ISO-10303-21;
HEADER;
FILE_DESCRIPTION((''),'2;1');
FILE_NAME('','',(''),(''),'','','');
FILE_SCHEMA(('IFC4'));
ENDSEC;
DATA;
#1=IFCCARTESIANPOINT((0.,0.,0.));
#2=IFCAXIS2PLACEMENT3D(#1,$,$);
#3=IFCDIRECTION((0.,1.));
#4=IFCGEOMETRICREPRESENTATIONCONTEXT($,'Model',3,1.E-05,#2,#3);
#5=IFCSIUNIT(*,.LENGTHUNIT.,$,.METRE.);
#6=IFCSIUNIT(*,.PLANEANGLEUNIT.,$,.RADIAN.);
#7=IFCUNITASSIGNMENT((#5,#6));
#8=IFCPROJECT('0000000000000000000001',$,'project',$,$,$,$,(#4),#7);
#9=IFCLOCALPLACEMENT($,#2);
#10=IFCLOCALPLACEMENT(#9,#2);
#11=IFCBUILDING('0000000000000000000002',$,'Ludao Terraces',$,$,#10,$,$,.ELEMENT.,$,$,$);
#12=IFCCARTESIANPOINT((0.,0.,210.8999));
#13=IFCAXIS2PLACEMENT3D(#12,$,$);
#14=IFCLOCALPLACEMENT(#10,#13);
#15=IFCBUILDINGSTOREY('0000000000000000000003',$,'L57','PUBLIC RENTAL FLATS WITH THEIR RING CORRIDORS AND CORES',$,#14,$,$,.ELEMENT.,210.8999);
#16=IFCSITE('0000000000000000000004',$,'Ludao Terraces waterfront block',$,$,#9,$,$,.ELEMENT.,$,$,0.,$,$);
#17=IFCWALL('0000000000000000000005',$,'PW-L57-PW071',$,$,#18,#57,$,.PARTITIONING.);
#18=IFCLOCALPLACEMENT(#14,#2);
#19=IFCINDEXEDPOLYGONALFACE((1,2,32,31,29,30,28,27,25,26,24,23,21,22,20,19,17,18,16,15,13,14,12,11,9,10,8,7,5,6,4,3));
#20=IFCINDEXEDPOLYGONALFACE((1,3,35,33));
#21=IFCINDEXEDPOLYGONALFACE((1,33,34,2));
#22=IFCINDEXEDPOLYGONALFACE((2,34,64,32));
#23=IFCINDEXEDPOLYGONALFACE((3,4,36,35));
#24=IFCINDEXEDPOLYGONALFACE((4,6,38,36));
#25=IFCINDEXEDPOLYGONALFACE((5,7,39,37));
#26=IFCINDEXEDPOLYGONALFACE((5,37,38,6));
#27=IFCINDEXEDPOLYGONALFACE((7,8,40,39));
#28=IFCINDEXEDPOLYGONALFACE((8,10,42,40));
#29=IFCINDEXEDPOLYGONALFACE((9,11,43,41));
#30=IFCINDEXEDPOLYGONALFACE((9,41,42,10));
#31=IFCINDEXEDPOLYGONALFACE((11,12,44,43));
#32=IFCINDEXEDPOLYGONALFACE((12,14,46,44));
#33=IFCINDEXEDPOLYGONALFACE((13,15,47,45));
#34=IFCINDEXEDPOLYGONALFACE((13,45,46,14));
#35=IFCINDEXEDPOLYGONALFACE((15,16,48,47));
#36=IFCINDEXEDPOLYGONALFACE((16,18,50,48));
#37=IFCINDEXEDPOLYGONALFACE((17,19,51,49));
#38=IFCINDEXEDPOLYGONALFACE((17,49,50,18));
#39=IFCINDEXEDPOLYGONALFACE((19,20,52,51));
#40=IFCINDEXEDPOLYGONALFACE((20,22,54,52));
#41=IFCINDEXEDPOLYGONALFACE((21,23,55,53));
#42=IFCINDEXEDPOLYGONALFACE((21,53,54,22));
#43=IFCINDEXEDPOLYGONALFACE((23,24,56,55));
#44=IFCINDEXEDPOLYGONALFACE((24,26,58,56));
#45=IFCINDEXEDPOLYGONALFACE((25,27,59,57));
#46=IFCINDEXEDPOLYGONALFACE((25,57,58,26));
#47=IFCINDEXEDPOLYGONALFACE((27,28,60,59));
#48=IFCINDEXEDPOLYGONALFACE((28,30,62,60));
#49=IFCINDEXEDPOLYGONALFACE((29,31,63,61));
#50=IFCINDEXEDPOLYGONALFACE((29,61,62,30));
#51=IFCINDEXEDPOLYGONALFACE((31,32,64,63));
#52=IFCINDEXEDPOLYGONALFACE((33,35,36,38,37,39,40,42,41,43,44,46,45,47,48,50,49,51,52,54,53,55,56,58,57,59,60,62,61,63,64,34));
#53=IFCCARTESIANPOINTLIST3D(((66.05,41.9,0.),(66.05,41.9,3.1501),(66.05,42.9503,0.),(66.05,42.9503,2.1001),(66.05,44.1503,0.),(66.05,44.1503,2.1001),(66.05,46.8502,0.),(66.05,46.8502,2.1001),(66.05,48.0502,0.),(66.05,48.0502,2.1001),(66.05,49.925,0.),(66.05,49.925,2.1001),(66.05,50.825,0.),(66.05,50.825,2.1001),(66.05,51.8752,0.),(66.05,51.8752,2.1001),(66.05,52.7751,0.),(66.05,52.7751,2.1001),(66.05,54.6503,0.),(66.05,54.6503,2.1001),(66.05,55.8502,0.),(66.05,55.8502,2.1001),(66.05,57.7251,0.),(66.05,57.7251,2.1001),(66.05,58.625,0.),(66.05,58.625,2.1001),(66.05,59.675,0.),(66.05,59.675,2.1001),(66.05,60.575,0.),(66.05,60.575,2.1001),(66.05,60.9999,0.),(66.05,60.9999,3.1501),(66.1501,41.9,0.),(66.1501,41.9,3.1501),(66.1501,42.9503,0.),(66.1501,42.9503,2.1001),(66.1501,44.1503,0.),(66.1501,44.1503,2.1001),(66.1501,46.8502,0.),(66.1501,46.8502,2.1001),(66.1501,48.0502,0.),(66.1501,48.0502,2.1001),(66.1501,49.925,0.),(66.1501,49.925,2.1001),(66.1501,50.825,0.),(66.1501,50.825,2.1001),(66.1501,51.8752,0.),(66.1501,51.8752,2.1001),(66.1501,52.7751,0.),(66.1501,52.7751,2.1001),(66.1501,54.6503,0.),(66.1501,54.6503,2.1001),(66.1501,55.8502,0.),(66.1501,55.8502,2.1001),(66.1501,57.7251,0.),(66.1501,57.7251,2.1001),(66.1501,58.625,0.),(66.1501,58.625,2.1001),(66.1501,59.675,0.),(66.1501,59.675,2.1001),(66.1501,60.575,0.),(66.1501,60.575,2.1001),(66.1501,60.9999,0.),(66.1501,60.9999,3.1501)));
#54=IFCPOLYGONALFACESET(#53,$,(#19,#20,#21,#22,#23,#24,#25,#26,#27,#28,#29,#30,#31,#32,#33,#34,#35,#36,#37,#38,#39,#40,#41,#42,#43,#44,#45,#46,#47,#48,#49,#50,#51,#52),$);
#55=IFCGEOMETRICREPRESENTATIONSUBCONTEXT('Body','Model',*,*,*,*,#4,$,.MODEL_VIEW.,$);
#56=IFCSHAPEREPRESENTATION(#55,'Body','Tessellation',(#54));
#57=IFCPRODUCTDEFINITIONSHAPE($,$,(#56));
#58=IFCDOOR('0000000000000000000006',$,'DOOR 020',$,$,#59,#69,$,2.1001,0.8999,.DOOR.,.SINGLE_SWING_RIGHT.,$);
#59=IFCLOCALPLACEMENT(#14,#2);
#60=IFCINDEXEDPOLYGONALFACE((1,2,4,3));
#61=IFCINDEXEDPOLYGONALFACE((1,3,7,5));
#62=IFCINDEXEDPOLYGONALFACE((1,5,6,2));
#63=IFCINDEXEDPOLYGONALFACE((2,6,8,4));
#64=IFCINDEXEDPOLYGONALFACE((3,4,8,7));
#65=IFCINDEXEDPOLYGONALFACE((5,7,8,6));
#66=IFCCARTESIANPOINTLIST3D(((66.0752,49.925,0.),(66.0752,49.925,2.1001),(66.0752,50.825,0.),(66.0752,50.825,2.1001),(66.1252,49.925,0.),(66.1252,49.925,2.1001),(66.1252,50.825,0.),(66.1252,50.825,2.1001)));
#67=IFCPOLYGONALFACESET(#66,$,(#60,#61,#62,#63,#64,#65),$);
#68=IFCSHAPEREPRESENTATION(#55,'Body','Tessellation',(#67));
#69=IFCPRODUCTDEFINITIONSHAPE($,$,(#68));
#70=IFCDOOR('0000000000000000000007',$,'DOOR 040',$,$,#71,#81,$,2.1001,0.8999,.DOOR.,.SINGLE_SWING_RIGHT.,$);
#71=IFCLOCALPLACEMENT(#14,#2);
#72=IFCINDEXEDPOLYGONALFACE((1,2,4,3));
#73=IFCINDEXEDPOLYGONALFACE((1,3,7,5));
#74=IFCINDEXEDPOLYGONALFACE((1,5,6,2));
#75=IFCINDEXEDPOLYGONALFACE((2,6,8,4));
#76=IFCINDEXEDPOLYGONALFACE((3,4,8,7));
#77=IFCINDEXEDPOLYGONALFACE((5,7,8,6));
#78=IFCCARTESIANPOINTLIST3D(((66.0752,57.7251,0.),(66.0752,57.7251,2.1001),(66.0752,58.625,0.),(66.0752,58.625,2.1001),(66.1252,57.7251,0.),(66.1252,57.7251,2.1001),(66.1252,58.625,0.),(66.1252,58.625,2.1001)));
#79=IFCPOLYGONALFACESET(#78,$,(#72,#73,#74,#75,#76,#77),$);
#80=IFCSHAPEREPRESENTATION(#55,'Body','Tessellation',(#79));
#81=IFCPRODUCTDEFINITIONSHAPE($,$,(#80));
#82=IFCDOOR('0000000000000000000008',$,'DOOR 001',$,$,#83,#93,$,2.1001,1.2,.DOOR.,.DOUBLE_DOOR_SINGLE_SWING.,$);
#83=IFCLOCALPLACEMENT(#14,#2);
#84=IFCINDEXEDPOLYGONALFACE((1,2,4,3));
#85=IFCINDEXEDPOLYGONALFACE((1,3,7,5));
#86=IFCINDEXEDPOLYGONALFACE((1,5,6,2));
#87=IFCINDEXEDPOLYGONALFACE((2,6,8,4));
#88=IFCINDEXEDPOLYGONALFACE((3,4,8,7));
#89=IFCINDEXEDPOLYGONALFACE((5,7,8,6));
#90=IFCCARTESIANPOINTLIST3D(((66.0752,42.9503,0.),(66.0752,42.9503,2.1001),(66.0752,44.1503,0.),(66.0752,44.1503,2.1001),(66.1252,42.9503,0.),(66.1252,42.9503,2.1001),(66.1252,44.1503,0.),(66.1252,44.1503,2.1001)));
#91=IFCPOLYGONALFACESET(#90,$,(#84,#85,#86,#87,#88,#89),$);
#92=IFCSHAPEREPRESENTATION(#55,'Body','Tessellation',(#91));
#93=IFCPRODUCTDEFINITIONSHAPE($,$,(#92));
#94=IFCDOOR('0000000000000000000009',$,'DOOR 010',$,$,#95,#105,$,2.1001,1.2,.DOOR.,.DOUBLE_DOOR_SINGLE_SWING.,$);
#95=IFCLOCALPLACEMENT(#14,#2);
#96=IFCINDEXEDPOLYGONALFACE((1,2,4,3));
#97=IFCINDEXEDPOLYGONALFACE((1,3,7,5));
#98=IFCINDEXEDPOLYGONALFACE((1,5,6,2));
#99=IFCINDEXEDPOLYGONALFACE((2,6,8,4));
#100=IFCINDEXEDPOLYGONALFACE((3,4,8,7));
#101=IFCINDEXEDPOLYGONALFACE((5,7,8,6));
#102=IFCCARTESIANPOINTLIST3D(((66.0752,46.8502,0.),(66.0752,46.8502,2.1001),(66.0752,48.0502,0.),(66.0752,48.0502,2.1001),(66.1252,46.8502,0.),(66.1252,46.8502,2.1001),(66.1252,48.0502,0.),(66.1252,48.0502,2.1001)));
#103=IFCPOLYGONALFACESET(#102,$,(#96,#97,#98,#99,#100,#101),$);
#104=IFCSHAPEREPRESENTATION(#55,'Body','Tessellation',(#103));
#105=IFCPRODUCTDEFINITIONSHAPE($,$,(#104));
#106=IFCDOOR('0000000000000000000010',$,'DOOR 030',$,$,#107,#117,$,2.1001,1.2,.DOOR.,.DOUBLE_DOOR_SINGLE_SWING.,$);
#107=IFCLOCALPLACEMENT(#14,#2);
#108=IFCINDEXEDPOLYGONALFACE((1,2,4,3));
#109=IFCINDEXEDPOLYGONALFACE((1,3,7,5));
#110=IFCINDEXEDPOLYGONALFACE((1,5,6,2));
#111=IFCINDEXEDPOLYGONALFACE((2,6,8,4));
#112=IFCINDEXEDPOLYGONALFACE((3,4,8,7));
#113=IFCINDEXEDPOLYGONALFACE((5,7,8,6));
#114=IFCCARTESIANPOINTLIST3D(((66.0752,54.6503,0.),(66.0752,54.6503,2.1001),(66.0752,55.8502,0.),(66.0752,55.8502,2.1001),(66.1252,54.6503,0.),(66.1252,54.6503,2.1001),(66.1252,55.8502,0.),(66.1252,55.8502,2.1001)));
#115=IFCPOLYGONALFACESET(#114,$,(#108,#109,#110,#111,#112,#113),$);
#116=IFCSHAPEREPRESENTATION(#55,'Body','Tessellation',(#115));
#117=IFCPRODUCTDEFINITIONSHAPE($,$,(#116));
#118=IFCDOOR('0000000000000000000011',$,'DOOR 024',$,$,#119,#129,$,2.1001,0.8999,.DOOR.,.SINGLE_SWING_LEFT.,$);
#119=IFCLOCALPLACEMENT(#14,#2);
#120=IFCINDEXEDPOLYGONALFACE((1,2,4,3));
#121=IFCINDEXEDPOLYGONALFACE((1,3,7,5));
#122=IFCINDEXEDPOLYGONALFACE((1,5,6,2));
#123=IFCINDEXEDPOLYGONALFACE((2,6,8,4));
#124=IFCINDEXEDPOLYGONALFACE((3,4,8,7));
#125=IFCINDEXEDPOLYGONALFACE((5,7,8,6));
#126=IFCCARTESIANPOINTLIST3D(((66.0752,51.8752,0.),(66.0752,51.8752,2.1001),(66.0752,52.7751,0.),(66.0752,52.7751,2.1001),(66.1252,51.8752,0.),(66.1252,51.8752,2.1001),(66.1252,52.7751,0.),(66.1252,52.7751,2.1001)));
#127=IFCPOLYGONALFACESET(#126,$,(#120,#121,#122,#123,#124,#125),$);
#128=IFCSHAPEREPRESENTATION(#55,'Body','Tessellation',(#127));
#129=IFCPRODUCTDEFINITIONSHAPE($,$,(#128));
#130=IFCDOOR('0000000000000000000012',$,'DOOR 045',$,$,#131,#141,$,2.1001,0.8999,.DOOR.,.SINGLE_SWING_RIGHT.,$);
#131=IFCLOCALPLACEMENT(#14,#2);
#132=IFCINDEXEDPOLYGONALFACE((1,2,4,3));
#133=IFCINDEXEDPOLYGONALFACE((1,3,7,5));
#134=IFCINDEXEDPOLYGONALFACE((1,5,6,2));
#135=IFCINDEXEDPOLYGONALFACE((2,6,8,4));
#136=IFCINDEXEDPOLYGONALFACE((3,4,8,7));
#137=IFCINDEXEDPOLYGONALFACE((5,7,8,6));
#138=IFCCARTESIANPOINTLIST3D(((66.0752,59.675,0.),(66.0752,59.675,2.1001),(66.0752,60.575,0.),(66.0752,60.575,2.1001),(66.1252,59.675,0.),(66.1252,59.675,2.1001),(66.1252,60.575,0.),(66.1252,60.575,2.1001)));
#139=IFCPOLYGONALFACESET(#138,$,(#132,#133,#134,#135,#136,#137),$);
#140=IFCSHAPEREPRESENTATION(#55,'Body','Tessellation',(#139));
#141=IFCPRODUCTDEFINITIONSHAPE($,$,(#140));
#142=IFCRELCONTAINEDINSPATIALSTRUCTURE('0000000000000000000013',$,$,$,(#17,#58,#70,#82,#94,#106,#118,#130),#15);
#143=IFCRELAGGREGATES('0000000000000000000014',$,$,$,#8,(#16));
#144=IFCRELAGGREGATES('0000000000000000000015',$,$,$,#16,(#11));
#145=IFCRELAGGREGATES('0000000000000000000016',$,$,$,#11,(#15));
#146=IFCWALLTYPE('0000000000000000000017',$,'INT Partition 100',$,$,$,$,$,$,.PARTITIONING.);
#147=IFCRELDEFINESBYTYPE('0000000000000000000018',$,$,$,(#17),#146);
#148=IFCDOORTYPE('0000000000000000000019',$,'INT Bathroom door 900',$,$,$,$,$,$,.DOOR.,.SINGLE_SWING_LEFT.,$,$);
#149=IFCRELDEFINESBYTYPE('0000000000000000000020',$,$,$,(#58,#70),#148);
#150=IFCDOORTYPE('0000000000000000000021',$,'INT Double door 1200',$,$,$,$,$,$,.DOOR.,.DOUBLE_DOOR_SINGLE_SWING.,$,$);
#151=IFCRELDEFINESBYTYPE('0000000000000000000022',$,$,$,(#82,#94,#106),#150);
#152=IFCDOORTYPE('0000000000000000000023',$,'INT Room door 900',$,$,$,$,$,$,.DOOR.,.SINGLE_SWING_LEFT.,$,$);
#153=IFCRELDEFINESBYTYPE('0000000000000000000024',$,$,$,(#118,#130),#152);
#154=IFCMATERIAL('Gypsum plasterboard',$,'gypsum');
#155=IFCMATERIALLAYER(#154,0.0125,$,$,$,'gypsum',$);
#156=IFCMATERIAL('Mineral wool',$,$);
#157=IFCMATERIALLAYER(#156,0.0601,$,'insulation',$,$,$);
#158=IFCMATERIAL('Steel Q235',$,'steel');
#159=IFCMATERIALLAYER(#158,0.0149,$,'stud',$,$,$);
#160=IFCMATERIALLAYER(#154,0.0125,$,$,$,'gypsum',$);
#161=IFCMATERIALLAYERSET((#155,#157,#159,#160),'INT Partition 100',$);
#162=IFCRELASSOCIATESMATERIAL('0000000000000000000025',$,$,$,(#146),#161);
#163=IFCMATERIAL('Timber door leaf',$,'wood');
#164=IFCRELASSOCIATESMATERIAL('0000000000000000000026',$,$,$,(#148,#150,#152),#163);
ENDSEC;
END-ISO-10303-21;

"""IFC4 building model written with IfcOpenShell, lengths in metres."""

from ifc_helpers import new_model, si_unit, direction, frame, frame_2d, origin, place, context, subcontext, project, spatial, rectangle, extrude, material, layer, layer_set, type_object, element, fill, save


model = new_model("IFC4")

# Units and contexts
model_context = context("Model", 3, precision=1e-05, world=origin(), true_north=direction((0.0, 1.0)))
body_context = subcontext(model_context, "Body", "Model", "MODEL_VIEW")
ifc_project = project(units=[si_unit("LENGTHUNIT", "METRE"), si_unit("PLANEANGLEUNIT", "RADIAN")], contexts=[model_context])

# Site, building, storey
site_placement = place(None, origin())
site = spatial("IfcSite", under=ifc_project, at=site_placement, Name="Ludao Terraces waterfront block", CompositionType="ELEMENT", RefElevation=0.0)
building_placement = place(site_placement, origin())
building = spatial("IfcBuilding", under=site, at=building_placement, Name="Ludao Terraces", CompositionType="ELEMENT")
storey_placement = place(building_placement, frame((0.0, 0.0, 210.8999)))
storey = spatial("IfcBuildingStorey", under=building, at=storey_placement, Name="L57", Description="PUBLIC RENTAL FLATS WITH THEIR RING CORRIDORS AND CORES", CompositionType="ELEMENT", Elevation=210.8999)

# Shared definitions
ifc_material_1 = material(Name="Mineral wool")

# Wall, openings, doors
ifc_material_2 = material(Name="Gypsum plasterboard", Category="gypsum")
ifc_layer_1 = layer(ifc_material_2, 0.0125, Category="gypsum")
ifc_layer_2 = layer(ifc_material_1, 0.0601, Name="insulation")
ifc_material_3 = material(Name="Steel Q235", Category="steel")
ifc_layer_3 = layer(ifc_material_3, 0.0149, Name="stud")
ifc_layer_4 = layer(ifc_material_2, 0.0125, Category="gypsum")
ifc_layer_set_1 = layer_set([ifc_layer_1, ifc_layer_2, ifc_layer_3, ifc_layer_4], Name="INT Partition 100")
wall_type_1 = type_object("IfcWallType", Name="INT Partition 100", PredefinedType="PARTITIONING", material=ifc_layer_set_1)
wall_1_placement = place(storey_placement, frame((66.1001, 41.9001, 0.0), z_axis=(0.0, 0.0, 1.0), x_axis=(0.0, 1.0, 0.0)))
wall_1 = element("IfcWall", 1, at=wall_1_placement, inside=storey, type_object=wall_type_1, Name="PW-L57-PW071", PredefinedType="PARTITIONING", context=body_context, shape_type="SweptSolid", body=[
    extrude(rectangle(XDim=19.0999, YDim=0.1001, at=frame_2d((9.5498, 0.0))), origin(), (0.0, 0.0, 1.0), 3.1501),
])
opening_1_placement = place(wall_1_placement, frame((1.05, 0.0, 0.0)))
opening_1 = element("IfcOpeningElement", 2, at=opening_1_placement, cuts=wall_1, PredefinedType="OPENING", context=body_context, shape_type="SweptSolid", body=[
    extrude(rectangle(XDim=1.2, YDim=2.1001, at=frame_2d((0.6001, 1.05))), frame((0.0, 0.0601, 0.0), z_axis=(0.0, -1.0, 0.0), x_axis=(1.0, 0.0, 0.0)), (0.0, 0.0, 1.0), 0.1201),
])
opening_2_placement = place(wall_1_placement, frame((4.95, 0.0, 0.0)))
opening_2 = element("IfcOpeningElement", 3, at=opening_2_placement, cuts=wall_1, PredefinedType="OPENING", context=body_context, shape_type="SweptSolid", body=[
    extrude(rectangle(XDim=1.2, YDim=2.1001, at=frame_2d((0.6001, 1.05))), frame((0.0, 0.0601, 0.0), z_axis=(0.0, -1.0, 0.0), x_axis=(1.0, 0.0, 0.0)), (0.0, 0.0, 1.0), 0.1201),
])
opening_3_placement = place(wall_1_placement, frame((8.0249, 0.0, 0.0)))
opening_3 = element("IfcOpeningElement", 4, at=opening_3_placement, cuts=wall_1, PredefinedType="OPENING", context=body_context, shape_type="SweptSolid", body=[
    extrude(rectangle(XDim=0.8999, YDim=2.1001, at=frame_2d((0.45, 1.05))), frame((0.0, 0.0601, 0.0), z_axis=(0.0, -1.0, 0.0), x_axis=(1.0, 0.0, 0.0)), (0.0, 0.0, 1.0), 0.1201),
])
opening_4_placement = place(wall_1_placement, frame((9.9751, 0.0, 0.0)))
opening_4 = element("IfcOpeningElement", 5, at=opening_4_placement, cuts=wall_1, PredefinedType="OPENING", context=body_context, shape_type="SweptSolid", body=[
    extrude(rectangle(XDim=0.8999, YDim=2.1001, at=frame_2d((0.45, 1.05))), frame((0.0, 0.0601, 0.0), z_axis=(0.0, -1.0, 0.0), x_axis=(1.0, 0.0, 0.0)), (0.0, 0.0, 1.0), 0.1201),
])
opening_5_placement = place(wall_1_placement, frame((12.75, 0.0, 0.0)))
opening_5 = element("IfcOpeningElement", 6, at=opening_5_placement, cuts=wall_1, PredefinedType="OPENING", context=body_context, shape_type="SweptSolid", body=[
    extrude(rectangle(XDim=1.2, YDim=2.1001, at=frame_2d((0.6001, 1.05))), frame((0.0, 0.0601, 0.0), z_axis=(0.0, -1.0, 0.0), x_axis=(1.0, 0.0, 0.0)), (0.0, 0.0, 1.0), 0.1201),
])
opening_6_placement = place(wall_1_placement, frame((15.825, 0.0, 0.0)))
opening_6 = element("IfcOpeningElement", 7, at=opening_6_placement, cuts=wall_1, PredefinedType="OPENING", context=body_context, shape_type="SweptSolid", body=[
    extrude(rectangle(XDim=0.8999, YDim=2.1001, at=frame_2d((0.45, 1.05))), frame((0.0, 0.0601, 0.0), z_axis=(0.0, -1.0, 0.0), x_axis=(1.0, 0.0, 0.0)), (0.0, 0.0, 1.0), 0.1201),
])
opening_7_placement = place(wall_1_placement, frame((17.7749, 0.0, 0.0)))
opening_7 = element("IfcOpeningElement", 8, at=opening_7_placement, cuts=wall_1, PredefinedType="OPENING", context=body_context, shape_type="SweptSolid", body=[
    extrude(rectangle(XDim=0.8999, YDim=2.1001, at=frame_2d((0.45, 1.05))), frame((0.0, 0.0601, 0.0), z_axis=(0.0, -1.0, 0.0), x_axis=(1.0, 0.0, 0.0)), (0.0, 0.0, 1.0), 0.1201),
])
ifc_material_4 = material(Name="Timber door leaf", Category="wood")
door_type_1 = type_object("IfcDoorType", Name="INT Bathroom door 900", OperationType="SINGLE_SWING_LEFT", PredefinedType="DOOR", material=ifc_material_4)
door_1_placement = place(opening_3_placement, origin())
door_1 = element("IfcDoor", 9, at=door_1_placement, inside=storey, type_object=door_type_1, Name="DOOR 020", OperationType="SINGLE_SWING_RIGHT", OverallHeight=2.1001, OverallWidth=0.8999, PredefinedType="DOOR", context=body_context, shape_type="SweptSolid", body=[
    extrude(rectangle(XDim=0.8999, YDim=2.1001, at=frame_2d((0.45, 1.05))), frame((0.0, 0.0249, 0.0), z_axis=(0.0, -1.0, 0.0), x_axis=(1.0, 0.0, 0.0)), (0.0, 0.0, 1.0), 0.05),
])
fill(opening_3, door_1)
door_2_placement = place(opening_6_placement, origin())
door_2 = element("IfcDoor", 10, at=door_2_placement, inside=storey, type_object=door_type_1, Name="DOOR 040", OperationType="SINGLE_SWING_RIGHT", OverallHeight=2.1001, OverallWidth=0.8999, PredefinedType="DOOR", context=body_context, shape_type="SweptSolid", body=[
    extrude(rectangle(XDim=0.8999, YDim=2.1001, at=frame_2d((0.45, 1.05))), frame((0.0, 0.0249, 0.0), z_axis=(0.0, -1.0, 0.0), x_axis=(1.0, 0.0, 0.0)), (0.0, 0.0, 1.0), 0.05),
])
fill(opening_6, door_2)
door_type_2 = type_object("IfcDoorType", Name="INT Double door 1200", OperationType="DOUBLE_DOOR_SINGLE_SWING", PredefinedType="DOOR", material=ifc_material_4)
door_3_placement = place(opening_1_placement, origin())
door_3 = element("IfcDoor", 11, at=door_3_placement, inside=storey, type_object=door_type_2, Name="DOOR 001", OperationType="DOUBLE_DOOR_SINGLE_SWING", OverallHeight=2.1001, OverallWidth=1.2, PredefinedType="DOOR", context=body_context, shape_type="SweptSolid", body=[
    extrude(rectangle(XDim=1.2, YDim=2.1001, at=frame_2d((0.6001, 1.05))), frame((0.0, 0.0249, 0.0), z_axis=(0.0, -1.0, 0.0), x_axis=(1.0, 0.0, 0.0)), (0.0, 0.0, 1.0), 0.05),
])
fill(opening_1, door_3)
door_4_placement = place(opening_2_placement, origin())
door_4 = element("IfcDoor", 12, at=door_4_placement, inside=storey, type_object=door_type_2, Name="DOOR 010", OperationType="DOUBLE_DOOR_SINGLE_SWING", OverallHeight=2.1001, OverallWidth=1.2, PredefinedType="DOOR", context=body_context, shape_type="SweptSolid", body=[
    extrude(rectangle(XDim=1.2, YDim=2.1001, at=frame_2d((0.6001, 1.05))), frame((0.0, 0.0249, 0.0), z_axis=(0.0, -1.0, 0.0), x_axis=(1.0, 0.0, 0.0)), (0.0, 0.0, 1.0), 0.05),
])
fill(opening_2, door_4)
door_5_placement = place(opening_5_placement, origin())
door_5 = element("IfcDoor", 13, at=door_5_placement, inside=storey, type_object=door_type_2, Name="DOOR 030", OperationType="DOUBLE_DOOR_SINGLE_SWING", OverallHeight=2.1001, OverallWidth=1.2, PredefinedType="DOOR", context=body_context, shape_type="SweptSolid", body=[
    extrude(rectangle(XDim=1.2, YDim=2.1001, at=frame_2d((0.6001, 1.05))), frame((0.0, 0.0249, 0.0), z_axis=(0.0, -1.0, 0.0), x_axis=(1.0, 0.0, 0.0)), (0.0, 0.0, 1.0), 0.05),
])
fill(opening_5, door_5)
door_type_3 = type_object("IfcDoorType", Name="INT Room door 900", OperationType="SINGLE_SWING_LEFT", PredefinedType="DOOR", material=ifc_material_4)
door_6_placement = place(opening_4_placement, origin())
door_6 = element("IfcDoor", 14, at=door_6_placement, inside=storey, type_object=door_type_3, Name="DOOR 024", OperationType="SINGLE_SWING_LEFT", OverallHeight=2.1001, OverallWidth=0.8999, PredefinedType="DOOR", context=body_context, shape_type="SweptSolid", body=[
    extrude(rectangle(XDim=0.8999, YDim=2.1001, at=frame_2d((0.45, 1.05))), frame((0.0, 0.0249, 0.0), z_axis=(0.0, -1.0, 0.0), x_axis=(1.0, 0.0, 0.0)), (0.0, 0.0, 1.0), 0.05),
])
fill(opening_4, door_6)
door_7_placement = place(opening_7_placement, origin())
door_7 = element("IfcDoor", 15, at=door_7_placement, inside=storey, type_object=door_type_3, Name="DOOR 045", OperationType="SINGLE_SWING_RIGHT", OverallHeight=2.1001, OverallWidth=0.8999, PredefinedType="DOOR", context=body_context, shape_type="SweptSolid", body=[
    extrude(rectangle(XDim=0.8999, YDim=2.1001, at=frame_2d((0.45, 1.05))), frame((0.0, 0.0249, 0.0), z_axis=(0.0, -1.0, 0.0), x_axis=(1.0, 0.0, 0.0)), (0.0, 0.0, 1.0), 0.05),
])
fill(opening_7, door_7)

save(model, "model.ifc")
